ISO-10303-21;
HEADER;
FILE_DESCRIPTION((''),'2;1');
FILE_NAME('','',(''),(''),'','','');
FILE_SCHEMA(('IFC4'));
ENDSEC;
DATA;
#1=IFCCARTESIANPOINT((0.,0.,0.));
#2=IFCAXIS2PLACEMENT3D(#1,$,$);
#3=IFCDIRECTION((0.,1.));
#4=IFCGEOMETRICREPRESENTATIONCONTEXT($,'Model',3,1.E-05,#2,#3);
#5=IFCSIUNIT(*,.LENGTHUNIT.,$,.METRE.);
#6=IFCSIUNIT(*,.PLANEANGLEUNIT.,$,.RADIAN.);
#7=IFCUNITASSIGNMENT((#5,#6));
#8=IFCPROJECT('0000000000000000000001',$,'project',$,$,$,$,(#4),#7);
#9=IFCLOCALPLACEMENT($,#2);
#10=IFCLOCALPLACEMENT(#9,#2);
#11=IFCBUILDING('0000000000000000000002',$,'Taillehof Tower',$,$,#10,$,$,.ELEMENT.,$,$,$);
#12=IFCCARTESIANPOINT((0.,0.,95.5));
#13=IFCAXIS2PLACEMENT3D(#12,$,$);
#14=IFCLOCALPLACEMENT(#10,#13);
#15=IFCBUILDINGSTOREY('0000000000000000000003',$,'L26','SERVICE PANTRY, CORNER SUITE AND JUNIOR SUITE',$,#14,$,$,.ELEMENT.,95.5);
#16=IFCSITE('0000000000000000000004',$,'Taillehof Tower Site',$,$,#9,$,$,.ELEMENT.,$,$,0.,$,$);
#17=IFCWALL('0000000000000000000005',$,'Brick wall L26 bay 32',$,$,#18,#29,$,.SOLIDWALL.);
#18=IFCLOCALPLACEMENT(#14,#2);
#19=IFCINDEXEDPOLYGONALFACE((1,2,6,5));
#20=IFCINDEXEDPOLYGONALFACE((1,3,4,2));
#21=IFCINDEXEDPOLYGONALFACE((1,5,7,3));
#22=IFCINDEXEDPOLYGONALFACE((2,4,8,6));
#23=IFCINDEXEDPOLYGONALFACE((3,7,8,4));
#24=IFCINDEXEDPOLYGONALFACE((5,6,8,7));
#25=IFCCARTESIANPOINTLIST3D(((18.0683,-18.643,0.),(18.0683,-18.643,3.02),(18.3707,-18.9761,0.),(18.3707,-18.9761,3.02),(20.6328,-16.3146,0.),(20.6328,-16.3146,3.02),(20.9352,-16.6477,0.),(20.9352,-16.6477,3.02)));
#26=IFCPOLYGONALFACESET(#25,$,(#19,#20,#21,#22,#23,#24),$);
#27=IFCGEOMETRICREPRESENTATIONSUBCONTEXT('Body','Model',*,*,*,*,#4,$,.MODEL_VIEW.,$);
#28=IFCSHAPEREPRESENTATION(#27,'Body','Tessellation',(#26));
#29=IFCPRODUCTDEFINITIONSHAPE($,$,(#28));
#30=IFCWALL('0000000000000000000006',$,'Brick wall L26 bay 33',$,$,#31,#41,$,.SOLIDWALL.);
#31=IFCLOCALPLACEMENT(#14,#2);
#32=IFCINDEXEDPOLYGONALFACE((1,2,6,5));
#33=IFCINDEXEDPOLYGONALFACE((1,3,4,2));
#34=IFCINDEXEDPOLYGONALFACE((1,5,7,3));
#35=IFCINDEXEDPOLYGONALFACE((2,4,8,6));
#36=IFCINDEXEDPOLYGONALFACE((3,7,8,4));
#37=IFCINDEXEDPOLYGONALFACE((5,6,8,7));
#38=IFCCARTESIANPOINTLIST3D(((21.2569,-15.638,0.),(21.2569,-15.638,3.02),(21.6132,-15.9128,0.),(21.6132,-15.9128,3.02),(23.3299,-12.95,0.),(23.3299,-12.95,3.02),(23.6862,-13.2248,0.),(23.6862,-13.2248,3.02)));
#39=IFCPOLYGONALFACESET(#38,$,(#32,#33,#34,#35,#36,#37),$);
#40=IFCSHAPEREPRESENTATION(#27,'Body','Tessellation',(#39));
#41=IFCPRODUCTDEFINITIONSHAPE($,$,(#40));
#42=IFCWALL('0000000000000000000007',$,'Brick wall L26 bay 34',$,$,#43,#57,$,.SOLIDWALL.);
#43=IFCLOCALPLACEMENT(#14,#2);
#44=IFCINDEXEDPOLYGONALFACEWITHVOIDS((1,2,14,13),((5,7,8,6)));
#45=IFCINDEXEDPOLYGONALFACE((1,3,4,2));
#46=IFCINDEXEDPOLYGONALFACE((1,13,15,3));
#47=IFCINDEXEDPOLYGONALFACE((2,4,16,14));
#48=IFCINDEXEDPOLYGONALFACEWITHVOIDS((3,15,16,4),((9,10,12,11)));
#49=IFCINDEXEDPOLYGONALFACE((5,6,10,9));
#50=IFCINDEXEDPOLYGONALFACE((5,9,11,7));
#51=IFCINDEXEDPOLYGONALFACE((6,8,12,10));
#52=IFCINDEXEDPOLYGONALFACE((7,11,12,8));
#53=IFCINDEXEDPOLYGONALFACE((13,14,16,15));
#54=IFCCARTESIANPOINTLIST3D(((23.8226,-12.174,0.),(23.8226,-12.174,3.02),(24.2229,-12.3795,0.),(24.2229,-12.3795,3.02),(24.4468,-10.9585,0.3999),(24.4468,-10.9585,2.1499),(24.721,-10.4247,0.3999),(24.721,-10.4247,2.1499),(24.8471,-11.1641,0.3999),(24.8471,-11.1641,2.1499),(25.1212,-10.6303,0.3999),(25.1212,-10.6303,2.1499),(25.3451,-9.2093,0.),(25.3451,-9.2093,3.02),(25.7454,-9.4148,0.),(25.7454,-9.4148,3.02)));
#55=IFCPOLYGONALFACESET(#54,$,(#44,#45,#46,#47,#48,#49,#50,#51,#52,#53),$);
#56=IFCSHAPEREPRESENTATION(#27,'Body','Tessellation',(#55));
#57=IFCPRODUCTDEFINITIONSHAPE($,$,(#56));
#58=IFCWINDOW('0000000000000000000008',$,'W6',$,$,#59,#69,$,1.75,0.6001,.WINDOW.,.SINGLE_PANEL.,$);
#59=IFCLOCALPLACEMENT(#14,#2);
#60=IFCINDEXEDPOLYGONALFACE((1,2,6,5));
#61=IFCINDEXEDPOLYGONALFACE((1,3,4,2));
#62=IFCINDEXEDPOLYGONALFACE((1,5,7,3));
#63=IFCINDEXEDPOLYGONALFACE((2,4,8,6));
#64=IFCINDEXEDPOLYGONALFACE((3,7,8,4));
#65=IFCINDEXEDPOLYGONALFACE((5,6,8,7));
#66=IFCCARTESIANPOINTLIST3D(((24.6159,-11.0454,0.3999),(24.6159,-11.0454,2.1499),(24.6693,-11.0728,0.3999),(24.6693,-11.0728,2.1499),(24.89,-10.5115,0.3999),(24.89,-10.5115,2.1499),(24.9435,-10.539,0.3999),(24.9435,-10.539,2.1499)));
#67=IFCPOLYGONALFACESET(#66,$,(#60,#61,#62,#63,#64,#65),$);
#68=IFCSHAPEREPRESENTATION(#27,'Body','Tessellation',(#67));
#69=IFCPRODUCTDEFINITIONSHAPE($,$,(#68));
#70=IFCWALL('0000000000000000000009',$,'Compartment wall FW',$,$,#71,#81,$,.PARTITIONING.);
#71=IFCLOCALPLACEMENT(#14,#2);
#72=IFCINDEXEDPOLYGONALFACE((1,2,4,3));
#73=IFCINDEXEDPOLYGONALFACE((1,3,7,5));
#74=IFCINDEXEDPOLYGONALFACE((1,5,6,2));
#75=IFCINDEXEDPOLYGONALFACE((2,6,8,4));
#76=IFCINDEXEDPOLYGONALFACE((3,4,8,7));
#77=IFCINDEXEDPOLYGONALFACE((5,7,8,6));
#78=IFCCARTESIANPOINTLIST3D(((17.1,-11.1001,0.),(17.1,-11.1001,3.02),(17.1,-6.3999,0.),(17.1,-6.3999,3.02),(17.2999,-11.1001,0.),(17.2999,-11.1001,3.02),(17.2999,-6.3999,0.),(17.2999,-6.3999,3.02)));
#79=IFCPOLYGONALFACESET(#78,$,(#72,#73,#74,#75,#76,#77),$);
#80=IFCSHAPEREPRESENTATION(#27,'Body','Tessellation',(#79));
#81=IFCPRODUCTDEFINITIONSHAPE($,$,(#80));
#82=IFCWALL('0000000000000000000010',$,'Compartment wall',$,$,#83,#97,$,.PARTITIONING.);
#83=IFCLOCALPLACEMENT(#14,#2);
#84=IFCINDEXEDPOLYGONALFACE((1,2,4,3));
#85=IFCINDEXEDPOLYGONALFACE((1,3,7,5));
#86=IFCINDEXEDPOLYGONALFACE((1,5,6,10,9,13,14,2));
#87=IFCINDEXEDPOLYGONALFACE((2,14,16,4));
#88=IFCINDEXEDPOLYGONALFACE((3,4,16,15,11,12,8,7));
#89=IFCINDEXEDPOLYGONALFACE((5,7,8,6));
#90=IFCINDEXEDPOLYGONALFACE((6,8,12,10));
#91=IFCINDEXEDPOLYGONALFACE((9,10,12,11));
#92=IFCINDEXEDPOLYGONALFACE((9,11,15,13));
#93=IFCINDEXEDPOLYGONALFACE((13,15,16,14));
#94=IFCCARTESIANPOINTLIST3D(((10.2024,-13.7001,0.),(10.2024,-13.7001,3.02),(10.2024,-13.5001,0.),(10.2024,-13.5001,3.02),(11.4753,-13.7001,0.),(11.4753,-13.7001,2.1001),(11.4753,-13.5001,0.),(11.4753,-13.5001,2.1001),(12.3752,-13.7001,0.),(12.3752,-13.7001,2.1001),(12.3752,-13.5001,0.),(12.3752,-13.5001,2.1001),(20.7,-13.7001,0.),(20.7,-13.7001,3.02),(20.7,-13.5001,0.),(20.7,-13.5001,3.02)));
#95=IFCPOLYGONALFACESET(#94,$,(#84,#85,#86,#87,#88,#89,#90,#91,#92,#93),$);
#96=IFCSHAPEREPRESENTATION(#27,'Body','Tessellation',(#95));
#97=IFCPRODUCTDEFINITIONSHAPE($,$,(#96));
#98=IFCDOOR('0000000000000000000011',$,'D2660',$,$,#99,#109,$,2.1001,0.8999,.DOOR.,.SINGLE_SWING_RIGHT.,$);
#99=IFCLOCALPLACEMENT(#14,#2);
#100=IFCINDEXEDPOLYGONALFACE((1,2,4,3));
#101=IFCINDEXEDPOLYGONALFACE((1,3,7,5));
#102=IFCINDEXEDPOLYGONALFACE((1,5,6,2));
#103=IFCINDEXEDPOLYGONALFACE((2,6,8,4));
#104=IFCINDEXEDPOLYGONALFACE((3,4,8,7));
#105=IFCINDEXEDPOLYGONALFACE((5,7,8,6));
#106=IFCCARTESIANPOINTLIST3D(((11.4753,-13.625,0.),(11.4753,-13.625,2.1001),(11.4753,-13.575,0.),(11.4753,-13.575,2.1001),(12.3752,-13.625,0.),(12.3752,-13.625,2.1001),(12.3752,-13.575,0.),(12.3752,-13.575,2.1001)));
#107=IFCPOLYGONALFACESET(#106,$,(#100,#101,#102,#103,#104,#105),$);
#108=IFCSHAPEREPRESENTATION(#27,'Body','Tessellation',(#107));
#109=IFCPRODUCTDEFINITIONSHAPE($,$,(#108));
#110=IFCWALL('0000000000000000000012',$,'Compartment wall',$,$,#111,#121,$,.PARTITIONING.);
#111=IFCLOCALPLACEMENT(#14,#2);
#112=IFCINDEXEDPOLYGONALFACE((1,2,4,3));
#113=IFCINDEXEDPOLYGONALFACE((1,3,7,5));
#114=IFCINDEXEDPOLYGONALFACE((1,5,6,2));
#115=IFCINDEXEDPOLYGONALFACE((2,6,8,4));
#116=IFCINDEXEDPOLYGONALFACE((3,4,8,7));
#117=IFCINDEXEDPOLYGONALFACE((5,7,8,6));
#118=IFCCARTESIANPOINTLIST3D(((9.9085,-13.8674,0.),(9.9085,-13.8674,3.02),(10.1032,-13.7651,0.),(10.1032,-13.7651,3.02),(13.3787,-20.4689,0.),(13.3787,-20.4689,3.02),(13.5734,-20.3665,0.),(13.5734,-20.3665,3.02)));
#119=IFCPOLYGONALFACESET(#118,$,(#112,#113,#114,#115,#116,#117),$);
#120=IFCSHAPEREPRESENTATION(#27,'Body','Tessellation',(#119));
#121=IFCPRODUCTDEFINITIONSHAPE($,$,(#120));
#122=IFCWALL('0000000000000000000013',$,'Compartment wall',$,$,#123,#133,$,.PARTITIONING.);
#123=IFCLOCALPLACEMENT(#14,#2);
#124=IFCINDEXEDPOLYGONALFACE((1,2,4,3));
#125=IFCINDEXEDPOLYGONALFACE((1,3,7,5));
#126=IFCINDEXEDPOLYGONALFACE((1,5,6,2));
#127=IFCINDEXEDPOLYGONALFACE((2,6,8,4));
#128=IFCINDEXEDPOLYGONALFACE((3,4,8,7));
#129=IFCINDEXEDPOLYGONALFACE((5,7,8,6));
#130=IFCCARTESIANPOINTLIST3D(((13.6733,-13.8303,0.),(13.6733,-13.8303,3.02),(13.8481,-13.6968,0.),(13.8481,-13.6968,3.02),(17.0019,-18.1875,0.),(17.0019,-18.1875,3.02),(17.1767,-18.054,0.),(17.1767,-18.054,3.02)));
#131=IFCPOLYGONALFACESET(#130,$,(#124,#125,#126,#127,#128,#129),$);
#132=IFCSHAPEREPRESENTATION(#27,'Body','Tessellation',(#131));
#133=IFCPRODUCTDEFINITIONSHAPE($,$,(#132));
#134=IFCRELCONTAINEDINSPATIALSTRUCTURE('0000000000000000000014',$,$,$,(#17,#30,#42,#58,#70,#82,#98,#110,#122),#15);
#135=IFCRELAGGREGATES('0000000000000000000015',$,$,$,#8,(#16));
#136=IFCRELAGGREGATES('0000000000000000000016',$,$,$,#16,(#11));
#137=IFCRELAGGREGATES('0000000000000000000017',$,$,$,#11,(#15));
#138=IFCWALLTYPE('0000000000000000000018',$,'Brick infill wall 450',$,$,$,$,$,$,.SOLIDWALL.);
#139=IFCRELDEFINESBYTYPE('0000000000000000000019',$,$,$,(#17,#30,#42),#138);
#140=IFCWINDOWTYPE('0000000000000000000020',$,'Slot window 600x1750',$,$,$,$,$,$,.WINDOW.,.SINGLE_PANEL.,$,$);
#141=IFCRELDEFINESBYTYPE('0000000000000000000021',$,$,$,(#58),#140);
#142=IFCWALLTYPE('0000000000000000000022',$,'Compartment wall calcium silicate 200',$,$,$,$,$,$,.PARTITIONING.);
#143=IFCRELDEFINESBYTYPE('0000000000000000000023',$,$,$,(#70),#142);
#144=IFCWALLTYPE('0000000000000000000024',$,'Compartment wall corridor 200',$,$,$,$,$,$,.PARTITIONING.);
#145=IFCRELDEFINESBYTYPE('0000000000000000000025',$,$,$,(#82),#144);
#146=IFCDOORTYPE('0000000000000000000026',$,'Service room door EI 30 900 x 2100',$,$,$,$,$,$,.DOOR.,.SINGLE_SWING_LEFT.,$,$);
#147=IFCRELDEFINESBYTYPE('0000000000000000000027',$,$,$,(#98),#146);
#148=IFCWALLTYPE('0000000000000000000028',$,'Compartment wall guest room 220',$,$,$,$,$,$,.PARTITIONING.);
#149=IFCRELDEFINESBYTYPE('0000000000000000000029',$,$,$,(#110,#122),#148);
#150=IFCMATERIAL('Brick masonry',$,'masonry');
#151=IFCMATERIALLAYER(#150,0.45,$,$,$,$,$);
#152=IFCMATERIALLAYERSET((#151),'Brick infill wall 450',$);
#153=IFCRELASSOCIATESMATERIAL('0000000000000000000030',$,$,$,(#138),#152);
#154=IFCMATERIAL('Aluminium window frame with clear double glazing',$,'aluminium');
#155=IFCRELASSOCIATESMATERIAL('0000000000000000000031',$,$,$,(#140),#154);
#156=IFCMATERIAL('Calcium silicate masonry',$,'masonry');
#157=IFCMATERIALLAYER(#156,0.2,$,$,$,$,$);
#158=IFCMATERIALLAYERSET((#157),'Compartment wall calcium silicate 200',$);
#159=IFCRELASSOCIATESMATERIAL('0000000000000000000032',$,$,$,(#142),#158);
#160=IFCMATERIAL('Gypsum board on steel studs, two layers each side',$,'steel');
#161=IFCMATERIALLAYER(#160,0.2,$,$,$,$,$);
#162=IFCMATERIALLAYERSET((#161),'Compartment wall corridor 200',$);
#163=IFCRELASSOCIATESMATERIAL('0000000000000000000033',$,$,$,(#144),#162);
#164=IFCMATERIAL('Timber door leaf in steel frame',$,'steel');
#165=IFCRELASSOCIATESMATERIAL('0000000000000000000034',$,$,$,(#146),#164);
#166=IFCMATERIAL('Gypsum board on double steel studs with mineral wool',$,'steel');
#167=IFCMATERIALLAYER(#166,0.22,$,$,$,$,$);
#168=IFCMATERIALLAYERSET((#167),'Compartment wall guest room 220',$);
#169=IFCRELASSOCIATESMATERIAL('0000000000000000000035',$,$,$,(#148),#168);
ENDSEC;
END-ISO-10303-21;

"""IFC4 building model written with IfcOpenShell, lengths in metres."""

from ifc_helpers import new_model, si_unit, direction, frame, frame_2d, origin, place, context, subcontext, project, spatial, rectangle, extrude, material, layer, layer_set, type_object, element, fill, save


model = new_model("IFC4")

# Units and contexts
model_context = context("Model", 3, precision=1e-05, world=origin(), true_north=direction((0.0, 1.0)))
body_context = subcontext(model_context, "Body", "Model", "MODEL_VIEW")
ifc_project = project(units=[si_unit("LENGTHUNIT", "METRE"), si_unit("PLANEANGLEUNIT", "RADIAN")], contexts=[model_context])

# Site, building, storey
site_placement = place(None, origin())
site = spatial("IfcSite", under=ifc_project, at=site_placement, Name="Taillehof Tower Site", CompositionType="ELEMENT", RefElevation=0.0)
building_placement = place(site_placement, origin())
building = spatial("IfcBuilding", under=site, at=building_placement, Name="Taillehof Tower", CompositionType="ELEMENT")
storey_placement = place(building_placement, frame((0.0, 0.0, 95.5)))
storey = spatial("IfcBuildingStorey", under=building, at=storey_placement, Name="L26", Description="SERVICE PANTRY, CORNER SUITE AND JUNIOR SUITE", CompositionType="ELEMENT", Elevation=95.5)

# Shared definitions
ifc_material_1 = material(Name="Brick masonry", Category="masonry")
ifc_layer_1 = layer(ifc_material_1, 0.45)
ifc_layer_set_1 = layer_set([ifc_layer_1], Name="Brick infill wall 450")
wall_type_1 = type_object("IfcWallType", Name="Brick infill wall 450", PredefinedType="SOLIDWALL", material=ifc_layer_set_1)

# Walls
wall_1_placement = place(storey_placement, frame((18.2195, -18.8096, 0.0), z_axis=(0.0, 0.0, 1.0), x_axis=(0.740364, 0.672206, 0.0)))
element("IfcWall", 1, at=wall_1_placement, inside=storey, type_object=wall_type_1, Name="Brick wall L26 bay 32", PredefinedType="SOLIDWALL", context=body_context, shape_type="SweptSolid", body=[
    extrude(rectangle(XDim=3.4639, YDim=0.45, at=frame_2d((1.7319, 0.0))), origin(), (0.0, 0.0, 1.0), 3.02),
])
wall_2_placement = place(storey_placement, frame((21.4351, -15.7754, 0.0), z_axis=(0.0, 0.0, 1.0), x_axis=(0.610694, 0.791867, 0.0)))
element("IfcWall", 2, at=wall_2_placement, inside=storey, type_object=wall_type_1, Name="Brick wall L26 bay 33", PredefinedType="SOLIDWALL", context=body_context, shape_type="SweptSolid", body=[
    extrude(rectangle(XDim=3.3945, YDim=0.45, at=frame_2d((1.6973, 0.0))), origin(), (0.0, 0.0, 1.0), 3.02),
])

# Wall, opening, window
wall_3_placement = place(storey_placement, frame((24.0227, -12.2769, 0.0), z_axis=(0.0, 0.0, 1.0), x_axis=(0.456828, 0.889555, 0.0)))
wall_3 = element("IfcWall", 3, at=wall_3_placement, inside=storey, type_object=wall_type_1, Name="Brick wall L26 bay 34", PredefinedType="SOLIDWALL", context=body_context, shape_type="SweptSolid", body=[
    extrude(rectangle(XDim=3.3328, YDim=0.45, at=frame_2d((1.6665, 0.0))), origin(), (0.0, 0.0, 1.0), 3.02),
])
opening_1_placement = place(wall_3_placement, frame((1.3665, 0.0, 0.3999)))
opening_1 = element("IfcOpeningElement", 4, at=opening_1_placement, cuts=wall_3, PredefinedType="OPENING", context=body_context, shape_type="SweptSolid", body=[
    extrude(rectangle(XDim=0.6001, YDim=1.75, at=frame_2d((0.3, 0.875))), frame((0.0, 0.2349, 0.0), z_axis=(0.0, -1.0, 0.0), x_axis=(1.0, 0.0, 0.0)), (0.0, 0.0, 1.0), 0.47),
])
ifc_material_2 = material(Name="Aluminium window frame with clear double glazing", Category="aluminium")
window_type_1 = type_object("IfcWindowType", Name="Slot window 600x1750", PartitioningType="SINGLE_PANEL", PredefinedType="WINDOW", material=ifc_material_2)
window_1_placement = place(opening_1_placement, origin())
window_1 = element("IfcWindow", 5, at=window_1_placement, inside=storey, type_object=window_type_1, Name="W6", OverallHeight=1.75, OverallWidth=0.6001, PartitioningType="SINGLE_PANEL", PredefinedType="WINDOW", context=body_context, shape_type="SweptSolid", body=[
    extrude(rectangle(XDim=0.6001, YDim=1.75, at=frame_2d((0.3, 0.875))), frame((0.0, 0.0349, 0.0), z_axis=(0.0, -1.0, 0.0), x_axis=(1.0, 0.0, 0.0)), (0.0, 0.0, 1.0), 0.0601),
])
fill(opening_1, window_1)

# Wall
ifc_material_3 = material(Name="Calcium silicate masonry", Category="masonry")
ifc_layer_2 = layer(ifc_material_3, 0.2)
ifc_layer_set_2 = layer_set([ifc_layer_2], Name="Compartment wall calcium silicate 200")
wall_type_2 = type_object("IfcWallType", Name="Compartment wall calcium silicate 200", PredefinedType="PARTITIONING", material=ifc_layer_set_2)
wall_4_placement = place(storey_placement, frame((17.2, -11.1001, 0.0), z_axis=(0.0, 0.0, 1.0), x_axis=(0.0, 1.0, 0.0)))
element("IfcWall", 6, at=wall_4_placement, inside=storey, type_object=wall_type_2, Name="Compartment wall FW", PredefinedType="PARTITIONING", context=body_context, shape_type="SweptSolid", body=[
    extrude(rectangle(XDim=4.7002, YDim=0.2, at=frame_2d((2.3501, 0.0))), origin(), (0.0, 0.0, 1.0), 3.02),
])

# Wall, opening, door
ifc_material_4 = material(Name="Gypsum board on steel studs, two layers each side", Category="steel")
ifc_layer_3 = layer(ifc_material_4, 0.2)
ifc_layer_set_3 = layer_set([ifc_layer_3], Name="Compartment wall corridor 200")
wall_type_3 = type_object("IfcWallType", Name="Compartment wall corridor 200", PredefinedType="PARTITIONING", material=ifc_layer_set_3)
wall_5_placement = place(storey_placement, frame((20.7, -13.6001, 0.0), z_axis=(0.0, 0.0, 1.0), x_axis=(-1.0, 0.0, 0.0)))
wall_5 = element("IfcWall", 7, at=wall_5_placement, inside=storey, type_object=wall_type_3, Name="Compartment wall", PredefinedType="PARTITIONING", context=body_context, shape_type="SweptSolid", body=[
    extrude(rectangle(XDim=10.4976, YDim=0.2, at=frame_2d((5.2488, 0.0))), origin(), (0.0, 0.0, 1.0), 3.02),
])
opening_2_placement = place(wall_5_placement, frame((8.3247, 0.0, 0.0)))
opening_2 = element("IfcOpeningElement", 8, at=opening_2_placement, cuts=wall_5, PredefinedType="OPENING", context=body_context, shape_type="SweptSolid", body=[
    extrude(rectangle(XDim=0.8999, YDim=2.1001, at=frame_2d((0.45, 1.05))), frame((0.0, 0.1099, 0.0), z_axis=(0.0, -1.0, 0.0), x_axis=(1.0, 0.0, 0.0)), (0.0, 0.0, 1.0), 0.22),
])
ifc_material_5 = material(Name="Timber door leaf in steel frame", Category="steel")
door_type_1 = type_object("IfcDoorType", Name="Service room door EI 30 900 x 2100", OperationType="SINGLE_SWING_LEFT", PredefinedType="DOOR", material=ifc_material_5)
door_1_placement = place(opening_2_placement, origin())
door_1 = element("IfcDoor", 9, at=door_1_placement, inside=storey, type_object=door_type_1, Name="D2660", OperationType="SINGLE_SWING_RIGHT", OverallHeight=2.1001, OverallWidth=0.8999, PredefinedType="DOOR", context=body_context, shape_type="SweptSolid", body=[
    extrude(rectangle(XDim=0.8999, YDim=2.1001, at=frame_2d((0.45, 1.05))), frame((0.0, 0.0249, 0.0), z_axis=(0.0, -1.0, 0.0), x_axis=(1.0, 0.0, 0.0)), (0.0, 0.0, 1.0), 0.05),
])
fill(opening_2, door_1)

# Walls
ifc_material_6 = material(Name="Gypsum board on double steel studs with mineral wool", Category="steel")
ifc_layer_4 = layer(ifc_material_6, 0.22)
ifc_layer_set_4 = layer_set([ifc_layer_4], Name="Compartment wall guest room 220")
wall_type_4 = type_object("IfcWallType", Name="Compartment wall guest room 220", PredefinedType="PARTITIONING", material=ifc_layer_set_4)
wall_6_placement = place(storey_placement, frame((13.4761, -20.4177, 0.0), z_axis=(0.0, 0.0, 1.0), x_axis=(-0.465296, 0.885155, 0.0)))
element("IfcWall", 10, at=wall_6_placement, inside=storey, type_object=wall_type_4, Name="Compartment wall", PredefinedType="PARTITIONING", context=body_context, shape_type="SweptSolid", body=[
    extrude(rectangle(XDim=7.458, YDim=0.22, at=frame_2d((3.729, 0.0))), origin(), (0.0, 0.0, 1.0), 3.02),
])
wall_7_placement = place(storey_placement, frame((17.0894, -18.1208, 0.0), z_axis=(0.0, 0.0, 1.0), x_axis=(-0.607065, 0.794652, 0.0)))
element("IfcWall", 11, at=wall_7_placement, inside=storey, type_object=wall_type_4, Name="Compartment wall", PredefinedType="PARTITIONING", context=body_context, shape_type="SweptSolid", body=[
    extrude(rectangle(XDim=5.4832, YDim=0.22, at=frame_2d((2.7417, 0.0))), origin(), (0.0, 0.0, 1.0), 3.02),
])

save(model, "model.ifc")
